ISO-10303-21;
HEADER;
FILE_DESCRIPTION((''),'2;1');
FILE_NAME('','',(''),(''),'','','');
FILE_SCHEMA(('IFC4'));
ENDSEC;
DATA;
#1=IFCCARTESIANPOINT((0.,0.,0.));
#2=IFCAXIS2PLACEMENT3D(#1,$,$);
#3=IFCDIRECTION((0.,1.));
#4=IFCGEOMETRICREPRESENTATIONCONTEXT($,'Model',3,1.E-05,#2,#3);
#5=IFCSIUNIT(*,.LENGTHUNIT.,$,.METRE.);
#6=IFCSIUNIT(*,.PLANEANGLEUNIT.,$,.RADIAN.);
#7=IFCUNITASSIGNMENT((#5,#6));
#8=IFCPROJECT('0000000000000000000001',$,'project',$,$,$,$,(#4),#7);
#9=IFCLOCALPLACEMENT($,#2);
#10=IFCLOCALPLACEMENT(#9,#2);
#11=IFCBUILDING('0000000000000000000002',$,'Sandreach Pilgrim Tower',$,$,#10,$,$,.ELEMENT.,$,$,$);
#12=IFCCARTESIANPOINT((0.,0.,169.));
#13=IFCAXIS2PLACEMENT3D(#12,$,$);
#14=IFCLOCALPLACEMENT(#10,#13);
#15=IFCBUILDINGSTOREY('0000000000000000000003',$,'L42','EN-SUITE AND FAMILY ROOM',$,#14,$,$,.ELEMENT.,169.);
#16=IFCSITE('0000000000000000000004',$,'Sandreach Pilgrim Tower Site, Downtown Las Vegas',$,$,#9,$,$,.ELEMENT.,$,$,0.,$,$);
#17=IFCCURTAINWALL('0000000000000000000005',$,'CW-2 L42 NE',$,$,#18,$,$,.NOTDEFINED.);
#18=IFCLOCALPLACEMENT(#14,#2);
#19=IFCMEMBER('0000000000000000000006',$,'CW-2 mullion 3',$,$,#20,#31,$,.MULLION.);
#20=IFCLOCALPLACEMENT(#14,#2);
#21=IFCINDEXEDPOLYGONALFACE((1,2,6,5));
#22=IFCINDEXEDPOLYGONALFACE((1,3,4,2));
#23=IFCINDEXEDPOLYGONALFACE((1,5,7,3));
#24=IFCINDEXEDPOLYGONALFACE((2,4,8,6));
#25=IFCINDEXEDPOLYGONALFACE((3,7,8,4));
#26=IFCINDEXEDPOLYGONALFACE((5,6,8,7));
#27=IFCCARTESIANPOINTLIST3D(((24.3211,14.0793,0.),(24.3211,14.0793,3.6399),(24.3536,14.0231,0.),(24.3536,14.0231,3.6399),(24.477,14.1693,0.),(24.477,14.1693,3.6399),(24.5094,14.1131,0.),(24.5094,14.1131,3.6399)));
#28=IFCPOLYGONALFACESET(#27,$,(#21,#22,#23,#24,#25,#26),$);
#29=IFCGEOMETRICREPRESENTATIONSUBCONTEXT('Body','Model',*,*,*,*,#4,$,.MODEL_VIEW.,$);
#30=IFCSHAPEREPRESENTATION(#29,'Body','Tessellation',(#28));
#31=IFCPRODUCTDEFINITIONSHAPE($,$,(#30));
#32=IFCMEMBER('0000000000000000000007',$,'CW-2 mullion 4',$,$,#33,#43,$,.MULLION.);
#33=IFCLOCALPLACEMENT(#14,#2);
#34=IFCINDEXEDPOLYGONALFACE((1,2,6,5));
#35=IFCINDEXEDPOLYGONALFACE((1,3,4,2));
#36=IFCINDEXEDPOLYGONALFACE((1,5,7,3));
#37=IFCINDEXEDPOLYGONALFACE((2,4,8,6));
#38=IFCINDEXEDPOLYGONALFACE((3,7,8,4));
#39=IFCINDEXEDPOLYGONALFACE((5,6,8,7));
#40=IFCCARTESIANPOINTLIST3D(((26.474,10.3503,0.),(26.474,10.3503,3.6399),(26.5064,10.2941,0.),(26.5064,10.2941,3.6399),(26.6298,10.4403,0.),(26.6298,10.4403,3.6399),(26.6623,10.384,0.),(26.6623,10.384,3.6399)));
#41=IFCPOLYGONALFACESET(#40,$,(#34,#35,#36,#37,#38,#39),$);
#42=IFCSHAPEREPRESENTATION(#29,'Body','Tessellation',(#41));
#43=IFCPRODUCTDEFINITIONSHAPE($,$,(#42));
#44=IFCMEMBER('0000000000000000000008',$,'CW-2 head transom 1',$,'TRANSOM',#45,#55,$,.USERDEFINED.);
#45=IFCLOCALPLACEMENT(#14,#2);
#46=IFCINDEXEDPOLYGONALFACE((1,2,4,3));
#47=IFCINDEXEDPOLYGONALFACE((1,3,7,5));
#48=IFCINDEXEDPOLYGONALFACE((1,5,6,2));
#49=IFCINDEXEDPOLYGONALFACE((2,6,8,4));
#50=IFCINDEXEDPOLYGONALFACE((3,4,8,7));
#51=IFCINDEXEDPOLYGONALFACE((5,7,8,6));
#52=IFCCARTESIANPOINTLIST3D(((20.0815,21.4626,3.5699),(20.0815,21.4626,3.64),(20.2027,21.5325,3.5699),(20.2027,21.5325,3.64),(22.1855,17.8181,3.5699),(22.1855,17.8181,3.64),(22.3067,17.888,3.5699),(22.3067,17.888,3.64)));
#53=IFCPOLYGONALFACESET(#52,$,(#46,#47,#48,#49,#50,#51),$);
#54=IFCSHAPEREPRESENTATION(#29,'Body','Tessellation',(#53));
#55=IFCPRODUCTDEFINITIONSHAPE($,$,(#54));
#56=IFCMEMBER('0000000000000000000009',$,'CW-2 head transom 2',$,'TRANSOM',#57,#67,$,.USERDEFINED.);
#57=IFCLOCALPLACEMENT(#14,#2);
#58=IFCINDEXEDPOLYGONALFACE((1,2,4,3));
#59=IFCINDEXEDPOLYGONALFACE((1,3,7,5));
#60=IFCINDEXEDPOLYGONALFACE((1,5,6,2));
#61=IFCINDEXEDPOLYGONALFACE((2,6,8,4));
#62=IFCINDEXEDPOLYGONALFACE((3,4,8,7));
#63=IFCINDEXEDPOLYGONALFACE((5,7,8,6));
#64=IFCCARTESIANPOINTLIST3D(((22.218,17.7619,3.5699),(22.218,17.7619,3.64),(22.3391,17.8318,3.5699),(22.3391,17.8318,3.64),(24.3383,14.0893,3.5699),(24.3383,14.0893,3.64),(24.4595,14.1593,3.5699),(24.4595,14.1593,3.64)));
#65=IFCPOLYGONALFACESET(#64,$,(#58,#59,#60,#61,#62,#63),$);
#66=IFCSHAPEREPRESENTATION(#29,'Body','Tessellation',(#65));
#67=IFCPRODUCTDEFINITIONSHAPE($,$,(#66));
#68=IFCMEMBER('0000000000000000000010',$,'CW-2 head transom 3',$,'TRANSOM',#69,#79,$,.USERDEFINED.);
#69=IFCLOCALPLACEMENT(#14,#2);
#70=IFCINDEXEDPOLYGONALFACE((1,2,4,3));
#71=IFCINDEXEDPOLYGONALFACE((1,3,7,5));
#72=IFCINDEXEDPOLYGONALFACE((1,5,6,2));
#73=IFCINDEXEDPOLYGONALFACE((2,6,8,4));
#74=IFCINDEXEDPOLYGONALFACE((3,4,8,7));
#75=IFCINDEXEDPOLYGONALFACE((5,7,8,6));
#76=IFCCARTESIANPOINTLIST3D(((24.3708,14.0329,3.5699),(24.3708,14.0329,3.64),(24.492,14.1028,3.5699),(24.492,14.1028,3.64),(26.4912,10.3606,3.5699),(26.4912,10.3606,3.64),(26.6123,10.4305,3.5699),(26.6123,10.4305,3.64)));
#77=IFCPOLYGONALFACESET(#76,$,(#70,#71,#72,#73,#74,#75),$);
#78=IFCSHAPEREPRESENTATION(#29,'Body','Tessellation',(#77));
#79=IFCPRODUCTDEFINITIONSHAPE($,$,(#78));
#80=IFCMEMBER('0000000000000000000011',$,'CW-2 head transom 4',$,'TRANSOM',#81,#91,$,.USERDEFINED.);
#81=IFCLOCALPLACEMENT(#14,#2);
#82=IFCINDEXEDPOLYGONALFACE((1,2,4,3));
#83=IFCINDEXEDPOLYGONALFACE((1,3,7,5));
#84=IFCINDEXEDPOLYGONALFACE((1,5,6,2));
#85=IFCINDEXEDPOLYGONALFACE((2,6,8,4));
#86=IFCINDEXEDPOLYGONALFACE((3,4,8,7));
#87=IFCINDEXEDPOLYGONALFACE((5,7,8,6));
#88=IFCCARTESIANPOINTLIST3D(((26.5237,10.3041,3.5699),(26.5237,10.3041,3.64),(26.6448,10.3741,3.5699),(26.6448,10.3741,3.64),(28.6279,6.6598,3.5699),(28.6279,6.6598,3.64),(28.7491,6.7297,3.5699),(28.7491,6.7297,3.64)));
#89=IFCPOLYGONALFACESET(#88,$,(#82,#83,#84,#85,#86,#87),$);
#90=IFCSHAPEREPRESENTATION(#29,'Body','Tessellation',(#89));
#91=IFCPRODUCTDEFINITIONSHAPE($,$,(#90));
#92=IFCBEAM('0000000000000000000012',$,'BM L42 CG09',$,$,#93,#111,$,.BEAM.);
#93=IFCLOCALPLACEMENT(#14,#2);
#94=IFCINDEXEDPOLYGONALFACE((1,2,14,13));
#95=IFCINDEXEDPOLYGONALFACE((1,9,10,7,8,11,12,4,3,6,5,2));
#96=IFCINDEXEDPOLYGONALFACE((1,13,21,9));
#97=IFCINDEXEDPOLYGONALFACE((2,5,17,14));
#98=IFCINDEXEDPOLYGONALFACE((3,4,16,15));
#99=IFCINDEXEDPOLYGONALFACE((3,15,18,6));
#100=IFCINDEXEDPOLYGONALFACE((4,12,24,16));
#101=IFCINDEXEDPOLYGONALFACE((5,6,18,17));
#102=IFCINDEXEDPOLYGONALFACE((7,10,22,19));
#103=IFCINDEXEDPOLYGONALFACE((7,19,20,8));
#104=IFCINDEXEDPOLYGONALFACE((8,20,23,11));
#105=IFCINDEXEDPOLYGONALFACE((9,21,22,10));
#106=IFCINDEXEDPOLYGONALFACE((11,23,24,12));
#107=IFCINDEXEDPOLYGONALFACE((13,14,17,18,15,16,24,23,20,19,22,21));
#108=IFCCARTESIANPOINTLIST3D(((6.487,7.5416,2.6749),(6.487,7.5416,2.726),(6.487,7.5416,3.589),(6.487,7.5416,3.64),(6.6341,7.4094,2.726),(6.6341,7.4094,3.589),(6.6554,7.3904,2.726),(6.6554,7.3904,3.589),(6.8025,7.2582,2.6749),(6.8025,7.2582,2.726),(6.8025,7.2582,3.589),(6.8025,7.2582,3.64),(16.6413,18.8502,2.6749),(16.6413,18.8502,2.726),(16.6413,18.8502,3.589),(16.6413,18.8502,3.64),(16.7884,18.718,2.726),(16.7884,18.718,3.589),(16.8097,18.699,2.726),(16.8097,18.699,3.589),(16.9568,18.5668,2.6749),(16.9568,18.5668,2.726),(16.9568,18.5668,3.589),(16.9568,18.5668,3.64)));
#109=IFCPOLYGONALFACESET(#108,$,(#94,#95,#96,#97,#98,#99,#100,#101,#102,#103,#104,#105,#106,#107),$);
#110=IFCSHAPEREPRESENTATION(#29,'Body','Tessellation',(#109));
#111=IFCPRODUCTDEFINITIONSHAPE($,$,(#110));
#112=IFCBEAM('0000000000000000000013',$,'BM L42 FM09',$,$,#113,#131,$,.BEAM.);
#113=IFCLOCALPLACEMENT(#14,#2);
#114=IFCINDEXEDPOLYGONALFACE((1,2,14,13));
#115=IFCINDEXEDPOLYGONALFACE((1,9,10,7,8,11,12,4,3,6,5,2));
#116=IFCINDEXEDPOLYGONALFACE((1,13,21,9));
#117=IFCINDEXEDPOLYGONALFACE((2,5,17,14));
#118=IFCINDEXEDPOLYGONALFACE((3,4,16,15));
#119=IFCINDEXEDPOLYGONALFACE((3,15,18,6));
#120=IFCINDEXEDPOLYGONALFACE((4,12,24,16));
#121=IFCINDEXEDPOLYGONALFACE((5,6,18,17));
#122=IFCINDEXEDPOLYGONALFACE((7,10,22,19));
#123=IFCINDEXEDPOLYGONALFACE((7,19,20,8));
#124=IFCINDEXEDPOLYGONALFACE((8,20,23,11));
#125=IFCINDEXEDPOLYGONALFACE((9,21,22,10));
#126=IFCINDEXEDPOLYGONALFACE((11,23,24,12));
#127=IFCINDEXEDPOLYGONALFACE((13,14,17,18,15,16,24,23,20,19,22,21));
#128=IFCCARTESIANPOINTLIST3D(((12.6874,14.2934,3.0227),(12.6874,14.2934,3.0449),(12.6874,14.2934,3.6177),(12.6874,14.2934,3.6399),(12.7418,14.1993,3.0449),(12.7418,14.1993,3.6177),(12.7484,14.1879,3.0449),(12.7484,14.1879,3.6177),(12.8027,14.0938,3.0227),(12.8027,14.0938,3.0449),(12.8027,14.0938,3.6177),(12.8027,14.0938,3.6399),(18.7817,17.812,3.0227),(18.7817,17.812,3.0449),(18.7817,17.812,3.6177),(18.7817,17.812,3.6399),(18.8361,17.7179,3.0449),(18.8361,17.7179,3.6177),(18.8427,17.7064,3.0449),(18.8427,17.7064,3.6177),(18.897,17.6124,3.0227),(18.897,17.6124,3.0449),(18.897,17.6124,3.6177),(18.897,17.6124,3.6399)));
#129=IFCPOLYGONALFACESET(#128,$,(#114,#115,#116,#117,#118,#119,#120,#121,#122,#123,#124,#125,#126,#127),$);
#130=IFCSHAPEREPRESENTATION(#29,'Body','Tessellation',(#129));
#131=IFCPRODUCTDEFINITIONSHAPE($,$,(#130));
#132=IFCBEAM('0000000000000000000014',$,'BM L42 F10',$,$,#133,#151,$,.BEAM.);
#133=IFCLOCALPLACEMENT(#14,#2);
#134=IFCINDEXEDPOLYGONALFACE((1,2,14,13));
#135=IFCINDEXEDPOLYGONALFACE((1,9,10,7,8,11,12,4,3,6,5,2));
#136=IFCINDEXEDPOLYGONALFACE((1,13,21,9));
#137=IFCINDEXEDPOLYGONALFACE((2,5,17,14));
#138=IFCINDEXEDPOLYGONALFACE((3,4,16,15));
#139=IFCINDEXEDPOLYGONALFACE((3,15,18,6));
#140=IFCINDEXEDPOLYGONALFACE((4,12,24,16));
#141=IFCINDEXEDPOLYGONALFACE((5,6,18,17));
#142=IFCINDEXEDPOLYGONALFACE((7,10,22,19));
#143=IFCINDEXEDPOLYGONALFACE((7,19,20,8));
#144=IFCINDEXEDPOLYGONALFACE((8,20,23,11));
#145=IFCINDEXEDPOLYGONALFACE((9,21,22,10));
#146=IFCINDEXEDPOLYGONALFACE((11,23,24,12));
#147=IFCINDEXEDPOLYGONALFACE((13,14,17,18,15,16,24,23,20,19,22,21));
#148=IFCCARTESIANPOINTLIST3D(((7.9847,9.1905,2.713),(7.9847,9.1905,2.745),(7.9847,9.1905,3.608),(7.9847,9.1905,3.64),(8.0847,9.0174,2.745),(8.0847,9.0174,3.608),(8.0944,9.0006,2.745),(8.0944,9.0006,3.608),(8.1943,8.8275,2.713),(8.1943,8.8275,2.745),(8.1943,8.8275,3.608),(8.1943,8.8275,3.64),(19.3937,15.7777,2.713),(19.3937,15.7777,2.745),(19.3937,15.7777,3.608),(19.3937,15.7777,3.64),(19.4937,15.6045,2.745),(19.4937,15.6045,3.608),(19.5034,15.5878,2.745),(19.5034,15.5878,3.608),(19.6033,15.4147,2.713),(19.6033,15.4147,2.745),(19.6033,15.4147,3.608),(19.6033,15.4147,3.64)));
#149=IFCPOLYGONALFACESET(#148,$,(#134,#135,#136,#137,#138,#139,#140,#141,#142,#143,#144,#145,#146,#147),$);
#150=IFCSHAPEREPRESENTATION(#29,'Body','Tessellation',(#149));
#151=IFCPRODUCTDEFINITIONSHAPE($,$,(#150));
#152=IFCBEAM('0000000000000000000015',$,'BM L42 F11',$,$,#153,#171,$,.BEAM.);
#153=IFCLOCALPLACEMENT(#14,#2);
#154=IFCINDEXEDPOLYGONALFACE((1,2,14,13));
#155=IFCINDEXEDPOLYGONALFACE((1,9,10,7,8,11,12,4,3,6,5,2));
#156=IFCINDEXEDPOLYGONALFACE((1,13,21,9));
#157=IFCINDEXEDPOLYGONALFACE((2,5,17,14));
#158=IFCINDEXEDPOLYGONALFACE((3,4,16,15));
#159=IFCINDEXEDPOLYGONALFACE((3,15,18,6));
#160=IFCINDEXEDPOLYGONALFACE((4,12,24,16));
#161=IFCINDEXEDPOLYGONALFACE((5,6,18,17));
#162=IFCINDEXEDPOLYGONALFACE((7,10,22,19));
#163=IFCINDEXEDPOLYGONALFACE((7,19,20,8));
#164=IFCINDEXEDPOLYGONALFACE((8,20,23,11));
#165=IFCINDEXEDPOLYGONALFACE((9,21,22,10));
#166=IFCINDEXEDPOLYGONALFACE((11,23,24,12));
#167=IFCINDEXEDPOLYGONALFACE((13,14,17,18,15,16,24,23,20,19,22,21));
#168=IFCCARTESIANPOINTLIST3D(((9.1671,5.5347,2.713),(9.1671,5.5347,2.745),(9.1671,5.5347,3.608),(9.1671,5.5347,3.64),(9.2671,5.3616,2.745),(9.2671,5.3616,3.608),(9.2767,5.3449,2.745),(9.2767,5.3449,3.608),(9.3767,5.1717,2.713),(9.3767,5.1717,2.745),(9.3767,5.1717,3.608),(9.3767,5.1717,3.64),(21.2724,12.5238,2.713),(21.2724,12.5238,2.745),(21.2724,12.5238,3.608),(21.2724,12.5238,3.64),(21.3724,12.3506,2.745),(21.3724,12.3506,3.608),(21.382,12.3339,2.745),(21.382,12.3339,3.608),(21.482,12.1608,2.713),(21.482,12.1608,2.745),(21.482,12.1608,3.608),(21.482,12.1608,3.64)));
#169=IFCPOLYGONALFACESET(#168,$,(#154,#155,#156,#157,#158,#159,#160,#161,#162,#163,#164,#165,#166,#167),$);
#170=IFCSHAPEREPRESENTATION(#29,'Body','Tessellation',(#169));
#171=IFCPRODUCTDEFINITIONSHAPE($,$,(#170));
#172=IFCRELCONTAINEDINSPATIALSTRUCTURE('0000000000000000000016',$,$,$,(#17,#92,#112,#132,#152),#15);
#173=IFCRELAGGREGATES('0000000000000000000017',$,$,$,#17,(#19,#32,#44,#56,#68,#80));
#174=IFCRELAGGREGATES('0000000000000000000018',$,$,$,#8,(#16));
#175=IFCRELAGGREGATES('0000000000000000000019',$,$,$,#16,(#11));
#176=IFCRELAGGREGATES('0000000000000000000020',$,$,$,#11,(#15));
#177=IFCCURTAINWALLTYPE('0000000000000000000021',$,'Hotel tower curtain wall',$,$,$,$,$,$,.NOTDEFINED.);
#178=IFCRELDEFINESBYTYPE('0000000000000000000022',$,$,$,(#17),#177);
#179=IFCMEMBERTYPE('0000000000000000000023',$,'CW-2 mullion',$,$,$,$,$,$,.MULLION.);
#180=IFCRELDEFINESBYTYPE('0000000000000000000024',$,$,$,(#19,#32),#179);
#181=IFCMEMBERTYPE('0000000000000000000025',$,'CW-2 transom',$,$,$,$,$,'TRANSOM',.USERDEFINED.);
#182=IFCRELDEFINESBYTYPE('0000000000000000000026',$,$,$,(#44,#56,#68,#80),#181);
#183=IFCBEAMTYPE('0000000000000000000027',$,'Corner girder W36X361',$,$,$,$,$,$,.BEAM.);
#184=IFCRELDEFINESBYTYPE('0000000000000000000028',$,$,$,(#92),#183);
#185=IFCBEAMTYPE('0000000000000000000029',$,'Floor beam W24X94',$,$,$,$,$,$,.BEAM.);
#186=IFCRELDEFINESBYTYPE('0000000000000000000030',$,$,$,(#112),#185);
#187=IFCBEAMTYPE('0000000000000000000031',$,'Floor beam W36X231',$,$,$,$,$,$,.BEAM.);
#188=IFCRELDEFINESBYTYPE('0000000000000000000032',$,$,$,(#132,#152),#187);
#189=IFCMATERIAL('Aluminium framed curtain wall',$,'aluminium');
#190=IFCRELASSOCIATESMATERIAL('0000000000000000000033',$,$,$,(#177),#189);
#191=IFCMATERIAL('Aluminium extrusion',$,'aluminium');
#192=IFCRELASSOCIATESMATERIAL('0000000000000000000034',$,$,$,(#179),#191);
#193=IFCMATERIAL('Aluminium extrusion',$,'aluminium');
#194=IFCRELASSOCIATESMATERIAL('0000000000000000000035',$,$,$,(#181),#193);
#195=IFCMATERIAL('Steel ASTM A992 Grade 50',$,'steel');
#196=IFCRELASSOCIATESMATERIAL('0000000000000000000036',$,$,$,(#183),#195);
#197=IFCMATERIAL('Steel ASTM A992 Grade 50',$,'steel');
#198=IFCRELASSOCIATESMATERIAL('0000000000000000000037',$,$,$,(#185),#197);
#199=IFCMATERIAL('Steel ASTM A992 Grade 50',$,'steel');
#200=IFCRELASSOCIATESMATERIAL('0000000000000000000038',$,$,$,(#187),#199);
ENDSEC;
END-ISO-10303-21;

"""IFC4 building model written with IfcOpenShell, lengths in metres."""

from ifc_helpers import new_model, si_unit, direction, frame, origin, origin_2d, place, context, subcontext, project, spatial, rectangle, i_section, extrude, material, material_profile, profile_set, type_object, element, aggregate, save


model = new_model("IFC4")

# Units and contexts
model_context = context("Model", 3, precision=1e-05, world=origin(), true_north=direction((0.0, 1.0)))
body_context = subcontext(model_context, "Body", "Model", "MODEL_VIEW")
ifc_project = project(units=[si_unit("LENGTHUNIT", "METRE"), si_unit("PLANEANGLEUNIT", "RADIAN")], contexts=[model_context])

# Site, building, storey
site_placement = place(None, origin())
site = spatial("IfcSite", under=ifc_project, at=site_placement, Name="Sandreach Pilgrim Tower Site, Downtown Las Vegas", CompositionType="ELEMENT", RefElevation=0.0)
building_placement = place(site_placement, origin())
building = spatial("IfcBuilding", under=site, at=building_placement, Name="Sandreach Pilgrim Tower", CompositionType="ELEMENT")
storey_placement = place(building_placement, frame((0.0, 0.0, 169.0)))
storey = spatial("IfcBuildingStorey", under=building, at=storey_placement, Name="L42", Description="EN-SUITE AND FAMILY ROOM", CompositionType="ELEMENT", Elevation=169.0)

# Shared definitions
ifc_material_1 = material(Name="Aluminium framed curtain wall", Category="aluminium")
curtain_wall_type = type_object("IfcCurtainWallType", Name="Hotel tower curtain wall", PredefinedType="NOTDEFINED", material=ifc_material_1)
ifc_material_2 = material(Name="Aluminium extrusion", Category="aluminium")
ifc_material_profile_1 = material_profile(ifc_material_2, rectangle(XDim=0.0649, YDim=0.1799, at=origin_2d()), Name="CW-2M 65X180")
ifc_profile_set_1 = profile_set([ifc_material_profile_1], Name="Aluminium extrusion")
member_type_1 = type_object("IfcMemberType", Name="CW-2 mullion", PredefinedType="MULLION", material=ifc_profile_set_1)

# Curtain wall, members
curtain_wall_1_placement = place(storey_placement, origin())
curtain_wall_1 = element("IfcCurtainWall", 1, at=curtain_wall_1_placement, inside=storey, type_object=curtain_wall_type, Name="CW-2 L42 NE", PredefinedType="NOTDEFINED")
member_1_placement = place(storey_placement, frame((24.4153, 14.0962, 0.0), z_axis=(0.0, 0.0, 1.0), x_axis=(0.5, -0.866025, 0.0)))
member_1 = element("IfcMember", 2, at=member_1_placement, type_object=member_type_1, Name="CW-2 mullion 3", PredefinedType="MULLION", context=body_context, shape_type="SweptSolid", body=[
    extrude(rectangle(XDim=0.0649, YDim=0.1799, at=origin_2d()), origin(), (0.0, 0.0, 1.0), 3.6399),
])
member_2_placement = place(storey_placement, frame((26.5681, 10.3672, 0.0), z_axis=(0.0, 0.0, 1.0), x_axis=(0.5, -0.866025, 0.0)))
member_2 = element("IfcMember", 3, at=member_2_placement, type_object=member_type_1, Name="CW-2 mullion 4", PredefinedType="MULLION", context=body_context, shape_type="SweptSolid", body=[
    extrude(rectangle(XDim=0.0649, YDim=0.1799, at=origin_2d()), origin(), (0.0, 0.0, 1.0), 3.6399),
])
ifc_material_3 = material(Name="Aluminium extrusion", Category="aluminium")
ifc_material_profile_2 = material_profile(ifc_material_3, rectangle(XDim=0.1399, YDim=0.0701, at=origin_2d()), Name="CW-2T 140X70")
ifc_profile_set_2 = profile_set([ifc_material_profile_2], Name="Aluminium extrusion")
member_type_2 = type_object("IfcMemberType", Name="CW-2 transom", ElementType="TRANSOM", PredefinedType="USERDEFINED", material=ifc_profile_set_2)
member_3_placement = place(storey_placement, frame((20.1421, 21.4976, 3.605), z_axis=(0.49997, -0.866043, 0.0), x_axis=(0.866043, 0.49997, 0.0)))
member_3 = element("IfcMember", 4, at=member_3_placement, type_object=member_type_2, Name="CW-2 head transom 1", ObjectType="TRANSOM", PredefinedType="USERDEFINED", context=body_context, shape_type="SweptSolid", body=[
    extrude(rectangle(XDim=0.1399, YDim=0.0701, at=origin_2d()), origin(), (0.0, 0.0, 1.0), 4.2083),
])
member_4_placement = place(storey_placement, frame((22.2786, 17.7969, 3.605), z_axis=(0.499997, -0.866027, 0.0), x_axis=(0.866027, 0.499997, 0.0)))
member_4 = element("IfcMember", 5, at=member_4_placement, type_object=member_type_2, Name="CW-2 head transom 2", ObjectType="TRANSOM", PredefinedType="USERDEFINED", context=body_context, shape_type="SweptSolid", body=[
    extrude(rectangle(XDim=0.1399, YDim=0.0701, at=origin_2d()), origin(), (0.0, 0.0, 1.0), 4.2407),
])
member_5_placement = place(storey_placement, frame((24.4314, 14.0679, 3.605), z_axis=(0.500021, -0.866013, 0.0), x_axis=(0.866013, 0.500021, 0.0)))
member_5 = element("IfcMember", 6, at=member_5_placement, type_object=member_type_2, Name="CW-2 head transom 3", ObjectType="TRANSOM", PredefinedType="USERDEFINED", context=body_context, shape_type="SweptSolid", body=[
    extrude(rectangle(XDim=0.1399, YDim=0.0701, at=origin_2d()), origin(), (0.0, 0.0, 1.0), 4.2405),
])
member_6_placement = place(storey_placement, frame((26.5842, 10.3391, 3.605), z_axis=(0.500039, -0.866003, 0.0), x_axis=(0.866003, 0.500039, 0.0)))
member_6 = element("IfcMember", 7, at=member_6_placement, type_object=member_type_2, Name="CW-2 head transom 4", ObjectType="TRANSOM", PredefinedType="USERDEFINED", context=body_context, shape_type="SweptSolid", body=[
    extrude(rectangle(XDim=0.1399, YDim=0.0701, at=origin_2d()), origin(), (0.0, 0.0, 1.0), 4.2083),
])

# Beams
ifc_material_4 = material(Name="Steel ASTM A992 Grade 50", Category="steel")
ifc_material_profile_3 = material_profile(ifc_material_4, i_section(OverallWidth=0.4241, OverallDepth=0.9651, WebThickness=0.0286, FlangeThickness=0.051, at=origin_2d()), Name="W36X361")
ifc_profile_set_3 = profile_set([ifc_material_profile_3], Name="Steel ASTM A992 Grade 50")
beam_type_1 = type_object("IfcBeamType", Name="Corner girder W36X361", PredefinedType="BEAM", material=ifc_profile_set_3)
beam_1_placement = place(storey_placement, frame((16.7991, 18.7085, 3.1575), z_axis=(-0.668112, -0.74406, 0.0), x_axis=(0.74406, -0.668112, 0.0)))
element("IfcBeam", 8, at=beam_1_placement, inside=storey, type_object=beam_type_1, Name="BM L42 CG09", PredefinedType="BEAM", context=body_context, shape_type="SweptSolid", body=[
    extrude(i_section(OverallWidth=0.4241, OverallDepth=0.9651, WebThickness=0.0286, FlangeThickness=0.051, at=origin_2d()), origin(), (0.0, 0.0, 1.0), 15.1985),
])
ifc_material_5 = material(Name="Steel ASTM A992 Grade 50", Category="steel")
ifc_material_profile_4 = material_profile(ifc_material_5, i_section(OverallWidth=0.2305, OverallDepth=0.6172, WebThickness=0.0132, FlangeThickness=0.0222, at=origin_2d()), Name="W24X94")
ifc_profile_set_4 = profile_set([ifc_material_profile_4], Name="Steel ASTM A992 Grade 50")
beam_type_2 = type_object("IfcBeamType", Name="Floor beam W24X94", PredefinedType="BEAM", material=ifc_profile_set_4)
beam_2_placement = place(storey_placement, frame((18.8394, 17.7122, 3.3313), z_axis=(-0.866023, -0.500005, 0.0), x_axis=(0.500005, -0.866023, 0.0)))
element("IfcBeam", 9, at=beam_2_placement, inside=storey, type_object=beam_type_2, Name="BM L42 FM09", PredefinedType="BEAM", context=body_context, shape_type="SweptSolid", body=[
    extrude(i_section(OverallWidth=0.2305, OverallDepth=0.6172, WebThickness=0.0132, FlangeThickness=0.0222, at=origin_2d()), origin(), (0.0, 0.0, 1.0), 7.0371),
])
ifc_material_6 = material(Name="Steel ASTM A992 Grade 50", Category="steel")
ifc_material_profile_5 = material_profile(ifc_material_6, i_section(OverallWidth=0.4192, OverallDepth=0.927, WebThickness=0.0193, FlangeThickness=0.032, at=origin_2d()), Name="W36X231")
ifc_profile_set_5 = profile_set([ifc_material_profile_5], Name="Steel ASTM A992 Grade 50")
beam_type_3 = type_object("IfcBeamType", Name="Floor beam W36X231", PredefinedType="BEAM", material=ifc_profile_set_5)
beam_3_placement = place(storey_placement, frame((19.4985, 15.5962, 3.1765), z_axis=(-0.866019, -0.500012, 0.0), x_axis=(0.500012, -0.866019, 0.0)))
element("IfcBeam", 10, at=beam_3_placement, inside=storey, type_object=beam_type_3, Name="BM L42 F10", PredefinedType="BEAM", context=body_context, shape_type="SweptSolid", body=[
    extrude(i_section(OverallWidth=0.4192, OverallDepth=0.927, WebThickness=0.0193, FlangeThickness=0.032, at=origin_2d()), origin(), (0.0, 0.0, 1.0), 13.1741),
])
beam_4_placement = place(storey_placement, frame((21.3772, 12.3423, 3.1765), z_axis=(-0.866024, -0.500003, 0.0), x_axis=(0.500003, -0.866024, 0.0)))
element("IfcBeam", 11, at=beam_4_placement, inside=storey, type_object=beam_type_3, Name="BM L42 F11", PredefinedType="BEAM", context=body_context, shape_type="SweptSolid", body=[
    extrude(i_section(OverallWidth=0.4192, OverallDepth=0.927, WebThickness=0.0193, FlangeThickness=0.032, at=origin_2d()), origin(), (0.0, 0.0, 1.0), 13.978),
])

aggregate(curtain_wall_1, [member_1, member_2, member_3, member_4, member_5, member_6])

save(model, "model.ifc")
